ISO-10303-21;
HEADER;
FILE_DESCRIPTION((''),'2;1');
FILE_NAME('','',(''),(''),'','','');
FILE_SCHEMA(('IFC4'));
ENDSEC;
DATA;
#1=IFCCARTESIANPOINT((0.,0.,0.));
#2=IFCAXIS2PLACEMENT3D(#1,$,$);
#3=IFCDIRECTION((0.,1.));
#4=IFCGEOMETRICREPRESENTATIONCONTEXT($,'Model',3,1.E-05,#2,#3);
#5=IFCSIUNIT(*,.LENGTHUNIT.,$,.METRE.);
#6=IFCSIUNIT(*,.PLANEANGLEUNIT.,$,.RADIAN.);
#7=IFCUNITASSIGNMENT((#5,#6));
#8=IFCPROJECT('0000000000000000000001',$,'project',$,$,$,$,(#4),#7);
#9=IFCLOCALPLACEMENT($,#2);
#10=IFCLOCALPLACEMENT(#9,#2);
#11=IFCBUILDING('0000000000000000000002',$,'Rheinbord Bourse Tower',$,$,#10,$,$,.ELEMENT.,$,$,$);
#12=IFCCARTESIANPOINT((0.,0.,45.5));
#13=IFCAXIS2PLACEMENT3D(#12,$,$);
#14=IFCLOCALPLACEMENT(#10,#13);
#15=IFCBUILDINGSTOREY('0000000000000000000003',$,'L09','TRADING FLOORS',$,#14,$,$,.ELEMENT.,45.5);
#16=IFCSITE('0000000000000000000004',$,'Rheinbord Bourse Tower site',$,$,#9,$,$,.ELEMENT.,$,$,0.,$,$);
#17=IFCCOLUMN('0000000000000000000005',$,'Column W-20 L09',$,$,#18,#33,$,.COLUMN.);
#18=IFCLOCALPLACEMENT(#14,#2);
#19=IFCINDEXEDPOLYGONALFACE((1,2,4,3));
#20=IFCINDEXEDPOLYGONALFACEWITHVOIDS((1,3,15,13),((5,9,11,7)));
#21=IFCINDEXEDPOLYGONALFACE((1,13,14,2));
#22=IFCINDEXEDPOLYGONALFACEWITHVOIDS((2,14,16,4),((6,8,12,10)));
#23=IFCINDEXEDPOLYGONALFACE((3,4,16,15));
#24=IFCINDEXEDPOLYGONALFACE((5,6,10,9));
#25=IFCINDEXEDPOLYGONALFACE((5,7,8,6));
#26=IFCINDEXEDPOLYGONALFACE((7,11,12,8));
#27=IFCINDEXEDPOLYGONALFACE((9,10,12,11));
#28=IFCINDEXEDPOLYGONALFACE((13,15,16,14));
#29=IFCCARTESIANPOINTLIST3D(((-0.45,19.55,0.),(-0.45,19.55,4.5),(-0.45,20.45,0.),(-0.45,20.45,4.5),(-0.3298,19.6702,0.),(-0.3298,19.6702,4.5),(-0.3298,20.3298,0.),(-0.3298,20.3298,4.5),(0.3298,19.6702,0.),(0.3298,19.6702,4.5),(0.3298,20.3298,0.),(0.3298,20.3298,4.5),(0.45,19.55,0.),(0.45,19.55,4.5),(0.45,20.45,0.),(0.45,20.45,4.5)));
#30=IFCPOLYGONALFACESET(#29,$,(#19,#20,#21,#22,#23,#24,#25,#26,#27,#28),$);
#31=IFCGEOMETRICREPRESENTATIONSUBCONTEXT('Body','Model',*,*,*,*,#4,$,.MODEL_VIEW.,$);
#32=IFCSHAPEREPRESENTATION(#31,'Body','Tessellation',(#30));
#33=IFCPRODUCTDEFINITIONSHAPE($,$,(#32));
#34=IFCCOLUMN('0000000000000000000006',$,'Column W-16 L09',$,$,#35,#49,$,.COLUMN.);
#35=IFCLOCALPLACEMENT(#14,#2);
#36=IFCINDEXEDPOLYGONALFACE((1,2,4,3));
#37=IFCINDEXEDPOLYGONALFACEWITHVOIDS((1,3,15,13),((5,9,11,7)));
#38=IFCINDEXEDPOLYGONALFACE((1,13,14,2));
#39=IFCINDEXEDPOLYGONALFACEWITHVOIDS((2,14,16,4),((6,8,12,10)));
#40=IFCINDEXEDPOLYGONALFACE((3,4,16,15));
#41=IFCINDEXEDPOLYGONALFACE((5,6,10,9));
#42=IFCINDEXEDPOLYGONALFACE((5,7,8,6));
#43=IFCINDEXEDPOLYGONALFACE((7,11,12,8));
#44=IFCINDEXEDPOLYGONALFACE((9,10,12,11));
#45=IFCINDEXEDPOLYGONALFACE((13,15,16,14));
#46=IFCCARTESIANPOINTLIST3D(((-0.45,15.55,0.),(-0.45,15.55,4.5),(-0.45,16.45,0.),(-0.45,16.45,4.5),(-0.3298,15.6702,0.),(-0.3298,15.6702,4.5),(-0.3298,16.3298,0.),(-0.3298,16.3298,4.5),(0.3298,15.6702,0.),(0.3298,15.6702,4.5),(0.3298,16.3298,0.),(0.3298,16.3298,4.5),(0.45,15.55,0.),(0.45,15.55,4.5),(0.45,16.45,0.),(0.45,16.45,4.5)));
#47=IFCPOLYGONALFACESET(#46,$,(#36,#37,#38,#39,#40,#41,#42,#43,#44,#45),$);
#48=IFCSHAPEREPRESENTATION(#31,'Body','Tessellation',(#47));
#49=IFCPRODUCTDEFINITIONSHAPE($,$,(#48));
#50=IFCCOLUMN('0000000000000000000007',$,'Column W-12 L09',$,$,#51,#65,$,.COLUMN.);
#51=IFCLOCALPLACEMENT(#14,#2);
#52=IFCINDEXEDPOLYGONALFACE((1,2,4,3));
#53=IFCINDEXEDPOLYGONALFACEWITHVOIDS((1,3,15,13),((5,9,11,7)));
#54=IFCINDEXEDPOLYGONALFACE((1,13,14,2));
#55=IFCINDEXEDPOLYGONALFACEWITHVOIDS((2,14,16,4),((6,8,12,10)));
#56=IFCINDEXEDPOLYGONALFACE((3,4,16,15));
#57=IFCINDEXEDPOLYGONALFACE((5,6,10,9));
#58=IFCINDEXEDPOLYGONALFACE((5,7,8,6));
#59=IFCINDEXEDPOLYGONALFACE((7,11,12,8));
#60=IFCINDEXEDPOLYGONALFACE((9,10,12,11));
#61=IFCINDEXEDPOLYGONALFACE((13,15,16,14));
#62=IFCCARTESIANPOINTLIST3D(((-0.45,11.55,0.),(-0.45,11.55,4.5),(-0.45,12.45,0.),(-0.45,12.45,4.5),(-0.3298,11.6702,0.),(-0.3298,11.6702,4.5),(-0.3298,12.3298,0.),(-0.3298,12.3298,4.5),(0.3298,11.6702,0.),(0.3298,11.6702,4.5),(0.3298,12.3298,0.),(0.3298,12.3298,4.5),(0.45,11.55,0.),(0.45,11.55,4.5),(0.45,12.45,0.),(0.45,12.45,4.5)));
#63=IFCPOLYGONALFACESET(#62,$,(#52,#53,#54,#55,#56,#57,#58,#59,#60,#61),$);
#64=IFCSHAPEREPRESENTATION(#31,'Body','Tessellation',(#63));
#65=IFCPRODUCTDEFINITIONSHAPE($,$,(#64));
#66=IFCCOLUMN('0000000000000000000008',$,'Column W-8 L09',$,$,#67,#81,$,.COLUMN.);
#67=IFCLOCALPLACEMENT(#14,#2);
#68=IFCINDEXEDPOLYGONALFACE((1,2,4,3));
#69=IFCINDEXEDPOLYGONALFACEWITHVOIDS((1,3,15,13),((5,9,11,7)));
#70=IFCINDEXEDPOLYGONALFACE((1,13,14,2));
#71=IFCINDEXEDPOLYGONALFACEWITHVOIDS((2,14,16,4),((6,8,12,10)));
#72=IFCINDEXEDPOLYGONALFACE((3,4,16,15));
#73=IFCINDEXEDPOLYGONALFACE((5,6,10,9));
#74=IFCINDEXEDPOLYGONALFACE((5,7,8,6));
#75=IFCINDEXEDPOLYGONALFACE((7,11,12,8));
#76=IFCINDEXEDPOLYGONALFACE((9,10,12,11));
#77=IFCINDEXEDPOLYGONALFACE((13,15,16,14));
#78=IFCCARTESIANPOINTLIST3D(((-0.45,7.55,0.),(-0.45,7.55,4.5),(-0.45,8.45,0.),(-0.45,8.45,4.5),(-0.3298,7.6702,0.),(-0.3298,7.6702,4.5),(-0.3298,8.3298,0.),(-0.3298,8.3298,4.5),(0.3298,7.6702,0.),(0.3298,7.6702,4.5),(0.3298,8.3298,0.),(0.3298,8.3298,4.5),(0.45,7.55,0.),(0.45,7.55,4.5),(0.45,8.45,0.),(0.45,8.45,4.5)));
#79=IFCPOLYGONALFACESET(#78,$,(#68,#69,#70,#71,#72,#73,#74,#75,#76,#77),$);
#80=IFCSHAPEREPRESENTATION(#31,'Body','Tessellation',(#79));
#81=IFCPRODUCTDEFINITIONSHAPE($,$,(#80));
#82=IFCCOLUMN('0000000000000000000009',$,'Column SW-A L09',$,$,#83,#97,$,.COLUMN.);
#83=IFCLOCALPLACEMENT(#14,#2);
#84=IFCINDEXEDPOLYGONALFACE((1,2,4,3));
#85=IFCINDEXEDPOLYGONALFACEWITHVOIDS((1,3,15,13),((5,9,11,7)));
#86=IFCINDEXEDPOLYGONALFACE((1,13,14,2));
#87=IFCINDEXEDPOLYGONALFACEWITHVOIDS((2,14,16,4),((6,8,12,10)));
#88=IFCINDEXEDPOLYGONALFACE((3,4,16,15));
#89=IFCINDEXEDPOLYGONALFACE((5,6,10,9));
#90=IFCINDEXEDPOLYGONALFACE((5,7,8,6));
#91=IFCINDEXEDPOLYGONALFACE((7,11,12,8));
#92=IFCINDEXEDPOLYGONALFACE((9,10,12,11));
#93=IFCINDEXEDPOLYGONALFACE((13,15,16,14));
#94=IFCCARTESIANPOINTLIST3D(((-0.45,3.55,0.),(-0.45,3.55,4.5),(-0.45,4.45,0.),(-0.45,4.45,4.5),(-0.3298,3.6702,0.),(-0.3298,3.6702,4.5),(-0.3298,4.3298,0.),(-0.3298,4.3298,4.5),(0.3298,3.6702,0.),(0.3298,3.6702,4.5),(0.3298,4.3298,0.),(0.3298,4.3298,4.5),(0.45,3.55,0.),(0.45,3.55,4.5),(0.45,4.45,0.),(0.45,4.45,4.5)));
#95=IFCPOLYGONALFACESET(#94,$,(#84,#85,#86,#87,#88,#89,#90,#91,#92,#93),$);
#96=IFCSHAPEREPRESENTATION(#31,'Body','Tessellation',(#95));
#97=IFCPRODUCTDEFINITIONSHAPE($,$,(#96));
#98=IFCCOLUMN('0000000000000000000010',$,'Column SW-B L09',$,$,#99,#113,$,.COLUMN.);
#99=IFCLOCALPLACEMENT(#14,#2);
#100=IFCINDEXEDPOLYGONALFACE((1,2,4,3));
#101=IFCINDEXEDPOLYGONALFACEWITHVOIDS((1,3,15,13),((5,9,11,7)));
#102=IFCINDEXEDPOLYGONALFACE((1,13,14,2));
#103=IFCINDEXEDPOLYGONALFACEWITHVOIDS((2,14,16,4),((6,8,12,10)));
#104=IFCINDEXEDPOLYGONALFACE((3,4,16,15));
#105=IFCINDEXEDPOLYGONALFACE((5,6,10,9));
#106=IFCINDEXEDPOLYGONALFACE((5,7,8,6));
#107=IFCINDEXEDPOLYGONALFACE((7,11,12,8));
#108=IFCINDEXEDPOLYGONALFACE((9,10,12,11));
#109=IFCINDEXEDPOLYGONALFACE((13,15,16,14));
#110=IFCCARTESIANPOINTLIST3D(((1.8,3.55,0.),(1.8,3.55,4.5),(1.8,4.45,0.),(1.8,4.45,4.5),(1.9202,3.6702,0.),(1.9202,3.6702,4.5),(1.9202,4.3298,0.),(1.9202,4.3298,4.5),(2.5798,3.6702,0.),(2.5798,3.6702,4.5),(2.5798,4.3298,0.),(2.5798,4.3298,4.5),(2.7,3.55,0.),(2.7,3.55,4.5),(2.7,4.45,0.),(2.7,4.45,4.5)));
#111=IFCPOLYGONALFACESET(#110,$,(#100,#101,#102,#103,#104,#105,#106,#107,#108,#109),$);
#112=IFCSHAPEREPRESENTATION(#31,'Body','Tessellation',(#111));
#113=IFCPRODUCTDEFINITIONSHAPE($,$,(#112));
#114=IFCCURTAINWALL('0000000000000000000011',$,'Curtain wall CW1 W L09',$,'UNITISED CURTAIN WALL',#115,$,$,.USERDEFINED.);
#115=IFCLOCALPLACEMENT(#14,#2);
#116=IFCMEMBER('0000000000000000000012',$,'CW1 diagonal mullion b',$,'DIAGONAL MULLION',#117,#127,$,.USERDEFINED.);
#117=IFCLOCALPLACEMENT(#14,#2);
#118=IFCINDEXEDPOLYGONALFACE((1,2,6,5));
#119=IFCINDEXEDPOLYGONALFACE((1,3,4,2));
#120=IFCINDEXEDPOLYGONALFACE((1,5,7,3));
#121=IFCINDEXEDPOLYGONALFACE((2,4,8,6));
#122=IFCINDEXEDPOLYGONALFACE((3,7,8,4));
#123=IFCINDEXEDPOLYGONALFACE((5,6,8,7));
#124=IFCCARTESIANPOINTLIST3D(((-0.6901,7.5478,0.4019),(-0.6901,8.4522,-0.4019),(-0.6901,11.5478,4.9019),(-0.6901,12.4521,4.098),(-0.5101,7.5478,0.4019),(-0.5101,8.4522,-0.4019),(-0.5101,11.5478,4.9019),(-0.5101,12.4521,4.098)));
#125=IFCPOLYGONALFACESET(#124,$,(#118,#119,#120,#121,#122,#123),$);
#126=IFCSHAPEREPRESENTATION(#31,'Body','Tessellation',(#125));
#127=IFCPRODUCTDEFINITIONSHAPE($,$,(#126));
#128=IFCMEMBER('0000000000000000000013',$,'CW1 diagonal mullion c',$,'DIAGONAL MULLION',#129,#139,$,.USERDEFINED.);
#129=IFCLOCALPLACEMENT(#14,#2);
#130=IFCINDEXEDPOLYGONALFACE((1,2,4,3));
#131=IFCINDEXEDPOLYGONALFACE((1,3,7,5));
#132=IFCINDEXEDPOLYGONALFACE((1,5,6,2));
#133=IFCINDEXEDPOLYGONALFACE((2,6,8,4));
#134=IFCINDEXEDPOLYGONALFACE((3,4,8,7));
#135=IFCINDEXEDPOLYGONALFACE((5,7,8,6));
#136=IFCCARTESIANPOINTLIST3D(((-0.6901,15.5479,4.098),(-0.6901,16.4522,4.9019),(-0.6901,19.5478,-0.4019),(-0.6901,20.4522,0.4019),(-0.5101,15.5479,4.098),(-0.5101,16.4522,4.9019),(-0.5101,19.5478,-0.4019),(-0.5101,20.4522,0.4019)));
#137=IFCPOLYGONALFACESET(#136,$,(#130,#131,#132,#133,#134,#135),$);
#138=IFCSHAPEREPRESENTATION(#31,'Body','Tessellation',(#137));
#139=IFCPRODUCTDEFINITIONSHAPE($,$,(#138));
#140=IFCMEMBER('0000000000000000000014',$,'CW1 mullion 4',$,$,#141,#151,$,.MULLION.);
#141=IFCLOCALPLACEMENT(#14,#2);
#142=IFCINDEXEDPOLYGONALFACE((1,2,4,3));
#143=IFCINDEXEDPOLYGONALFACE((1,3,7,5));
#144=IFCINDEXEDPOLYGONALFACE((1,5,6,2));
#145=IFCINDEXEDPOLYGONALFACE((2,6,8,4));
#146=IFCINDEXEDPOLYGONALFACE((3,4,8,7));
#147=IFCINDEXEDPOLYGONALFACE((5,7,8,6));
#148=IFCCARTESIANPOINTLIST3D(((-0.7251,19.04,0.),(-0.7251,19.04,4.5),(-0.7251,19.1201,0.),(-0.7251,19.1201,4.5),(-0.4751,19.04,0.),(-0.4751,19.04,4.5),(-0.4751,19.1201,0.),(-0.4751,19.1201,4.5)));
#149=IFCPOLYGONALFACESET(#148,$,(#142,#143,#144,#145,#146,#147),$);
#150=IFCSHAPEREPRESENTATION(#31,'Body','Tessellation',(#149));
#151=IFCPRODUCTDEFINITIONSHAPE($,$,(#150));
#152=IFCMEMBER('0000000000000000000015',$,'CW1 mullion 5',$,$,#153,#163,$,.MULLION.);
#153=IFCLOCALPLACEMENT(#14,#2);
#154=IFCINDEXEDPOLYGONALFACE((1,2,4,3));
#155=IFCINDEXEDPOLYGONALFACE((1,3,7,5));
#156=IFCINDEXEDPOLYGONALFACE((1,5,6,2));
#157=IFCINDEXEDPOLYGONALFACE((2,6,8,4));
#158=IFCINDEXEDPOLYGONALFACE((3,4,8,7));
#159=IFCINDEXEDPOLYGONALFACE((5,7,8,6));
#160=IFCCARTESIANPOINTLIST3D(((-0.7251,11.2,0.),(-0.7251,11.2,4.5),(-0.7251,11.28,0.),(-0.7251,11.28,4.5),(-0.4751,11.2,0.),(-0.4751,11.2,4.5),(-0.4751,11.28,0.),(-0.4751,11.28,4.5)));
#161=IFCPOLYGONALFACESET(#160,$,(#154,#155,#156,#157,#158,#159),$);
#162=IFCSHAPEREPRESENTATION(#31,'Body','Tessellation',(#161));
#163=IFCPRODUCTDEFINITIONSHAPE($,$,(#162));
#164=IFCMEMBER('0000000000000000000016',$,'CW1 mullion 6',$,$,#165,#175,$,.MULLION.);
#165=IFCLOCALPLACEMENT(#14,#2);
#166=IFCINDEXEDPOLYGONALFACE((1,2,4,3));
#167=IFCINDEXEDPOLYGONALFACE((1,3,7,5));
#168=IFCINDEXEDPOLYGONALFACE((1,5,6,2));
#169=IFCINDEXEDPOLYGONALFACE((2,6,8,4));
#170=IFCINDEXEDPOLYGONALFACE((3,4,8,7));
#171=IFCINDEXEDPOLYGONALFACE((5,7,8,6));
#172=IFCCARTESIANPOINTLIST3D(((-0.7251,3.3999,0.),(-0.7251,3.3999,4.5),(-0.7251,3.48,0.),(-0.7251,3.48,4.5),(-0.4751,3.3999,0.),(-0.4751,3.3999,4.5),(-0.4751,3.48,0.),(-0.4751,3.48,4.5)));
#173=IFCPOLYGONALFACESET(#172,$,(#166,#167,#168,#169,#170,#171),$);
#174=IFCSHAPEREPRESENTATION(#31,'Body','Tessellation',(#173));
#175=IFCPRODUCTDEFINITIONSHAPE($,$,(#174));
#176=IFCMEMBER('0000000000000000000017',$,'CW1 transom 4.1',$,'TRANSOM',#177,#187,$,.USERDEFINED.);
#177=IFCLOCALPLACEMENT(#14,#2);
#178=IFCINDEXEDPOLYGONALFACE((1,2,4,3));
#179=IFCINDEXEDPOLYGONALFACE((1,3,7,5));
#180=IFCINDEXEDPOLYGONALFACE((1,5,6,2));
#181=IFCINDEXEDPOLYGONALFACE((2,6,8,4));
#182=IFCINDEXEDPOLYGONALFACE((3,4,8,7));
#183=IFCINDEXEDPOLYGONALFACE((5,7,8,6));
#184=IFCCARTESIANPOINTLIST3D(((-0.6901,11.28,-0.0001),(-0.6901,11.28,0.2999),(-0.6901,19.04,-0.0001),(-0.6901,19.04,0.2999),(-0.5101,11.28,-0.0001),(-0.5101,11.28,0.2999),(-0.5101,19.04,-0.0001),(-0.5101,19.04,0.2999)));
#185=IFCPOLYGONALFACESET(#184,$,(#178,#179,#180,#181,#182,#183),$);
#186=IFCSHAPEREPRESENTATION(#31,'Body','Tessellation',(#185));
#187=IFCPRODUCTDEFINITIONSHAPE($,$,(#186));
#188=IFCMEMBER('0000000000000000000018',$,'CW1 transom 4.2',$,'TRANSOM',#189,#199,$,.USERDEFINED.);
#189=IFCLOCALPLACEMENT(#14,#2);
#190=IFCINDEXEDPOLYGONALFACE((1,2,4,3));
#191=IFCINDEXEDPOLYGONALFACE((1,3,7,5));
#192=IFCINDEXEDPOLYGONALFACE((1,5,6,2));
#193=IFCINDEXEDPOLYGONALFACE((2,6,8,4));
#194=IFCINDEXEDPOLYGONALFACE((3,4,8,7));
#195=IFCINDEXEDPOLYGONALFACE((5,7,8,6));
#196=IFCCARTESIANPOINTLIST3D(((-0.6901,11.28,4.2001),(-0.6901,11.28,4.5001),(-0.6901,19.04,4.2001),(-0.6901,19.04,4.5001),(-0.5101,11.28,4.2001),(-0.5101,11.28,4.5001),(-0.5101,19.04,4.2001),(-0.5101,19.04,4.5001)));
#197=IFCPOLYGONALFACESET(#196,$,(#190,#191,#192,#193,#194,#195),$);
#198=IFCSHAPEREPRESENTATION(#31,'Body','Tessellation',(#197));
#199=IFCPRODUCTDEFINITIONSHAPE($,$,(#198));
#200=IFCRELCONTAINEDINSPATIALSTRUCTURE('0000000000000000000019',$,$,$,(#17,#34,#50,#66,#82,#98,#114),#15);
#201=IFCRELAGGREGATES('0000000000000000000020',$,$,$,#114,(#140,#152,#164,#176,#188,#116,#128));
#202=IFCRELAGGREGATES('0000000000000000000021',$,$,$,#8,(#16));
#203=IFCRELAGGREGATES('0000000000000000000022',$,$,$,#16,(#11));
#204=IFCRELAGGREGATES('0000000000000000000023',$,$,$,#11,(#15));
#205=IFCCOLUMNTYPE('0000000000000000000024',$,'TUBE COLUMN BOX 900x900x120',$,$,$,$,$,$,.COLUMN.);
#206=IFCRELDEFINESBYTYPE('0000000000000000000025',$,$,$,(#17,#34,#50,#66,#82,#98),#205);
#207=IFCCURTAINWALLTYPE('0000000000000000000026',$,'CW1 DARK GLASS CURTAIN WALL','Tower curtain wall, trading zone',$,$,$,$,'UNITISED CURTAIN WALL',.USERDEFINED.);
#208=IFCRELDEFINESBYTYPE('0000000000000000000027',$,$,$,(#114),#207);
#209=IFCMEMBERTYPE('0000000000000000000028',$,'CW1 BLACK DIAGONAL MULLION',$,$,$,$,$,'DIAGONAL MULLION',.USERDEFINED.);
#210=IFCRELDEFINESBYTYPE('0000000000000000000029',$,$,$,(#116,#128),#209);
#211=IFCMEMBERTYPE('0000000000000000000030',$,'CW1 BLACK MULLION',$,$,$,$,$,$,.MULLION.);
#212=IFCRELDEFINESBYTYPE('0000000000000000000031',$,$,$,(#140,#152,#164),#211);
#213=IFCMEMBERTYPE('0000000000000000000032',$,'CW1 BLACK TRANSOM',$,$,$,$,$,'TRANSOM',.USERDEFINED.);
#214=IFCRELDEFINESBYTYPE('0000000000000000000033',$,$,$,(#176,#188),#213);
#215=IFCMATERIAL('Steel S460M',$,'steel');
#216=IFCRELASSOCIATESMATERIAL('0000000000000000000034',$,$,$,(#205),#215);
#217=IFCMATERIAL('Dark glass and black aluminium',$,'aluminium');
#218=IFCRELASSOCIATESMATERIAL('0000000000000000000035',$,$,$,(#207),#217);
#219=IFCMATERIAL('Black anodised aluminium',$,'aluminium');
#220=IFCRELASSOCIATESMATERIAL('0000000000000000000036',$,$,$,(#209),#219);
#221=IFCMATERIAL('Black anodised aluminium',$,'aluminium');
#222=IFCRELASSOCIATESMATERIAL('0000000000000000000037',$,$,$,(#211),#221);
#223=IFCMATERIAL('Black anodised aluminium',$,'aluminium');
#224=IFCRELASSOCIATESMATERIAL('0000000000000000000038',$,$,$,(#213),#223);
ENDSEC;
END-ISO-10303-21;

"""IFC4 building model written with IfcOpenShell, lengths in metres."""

from ifc_helpers import new_model, si_unit, direction, frame, origin, origin_2d, place, context, subcontext, project, spatial, rectangle, hollow_rectangle, extrude, material, material_profile, profile_set, type_object, element, aggregate, save


model = new_model("IFC4")

# Units and contexts
model_context = context("Model", 3, precision=1e-05, world=origin(), true_north=direction((0.0, 1.0)))
body_context = subcontext(model_context, "Body", "Model", "MODEL_VIEW")
ifc_project = project(units=[si_unit("LENGTHUNIT", "METRE"), si_unit("PLANEANGLEUNIT", "RADIAN")], contexts=[model_context])

# Site, building, storey
site_placement = place(None, origin())
site = spatial("IfcSite", under=ifc_project, at=site_placement, Name="Rheinbord Bourse Tower site", CompositionType="ELEMENT", RefElevation=0.0)
building_placement = place(site_placement, origin())
building = spatial("IfcBuilding", under=site, at=building_placement, Name="Rheinbord Bourse Tower", CompositionType="ELEMENT")
storey_placement = place(building_placement, frame((0.0, 0.0, 45.5)))
storey = spatial("IfcBuildingStorey", under=building, at=storey_placement, Name="L09", Description="TRADING FLOORS", CompositionType="ELEMENT", Elevation=45.5)

# Columns
ifc_material_1 = material(Name="Steel S460M", Category="steel")
ifc_material_profile_1 = material_profile(ifc_material_1, hollow_rectangle(XDim=0.8999, YDim=0.8999, WallThickness=0.1201, at=origin_2d()), Name="BOX 900x900x120")
ifc_profile_set_1 = profile_set([ifc_material_profile_1], Name="Steel S460M")
column_type = type_object("IfcColumnType", Name="TUBE COLUMN BOX 900x900x120", PredefinedType="COLUMN", material=ifc_profile_set_1)
for number, where, z_axis, x_axis, name in (
    (1, (0.0, 20.0, 0.0), (0.0, 0.0, 1.0), (1.0, 0.0, 0.0), "Column W-20 L09"),
    (2, (0.0, 16.0, 0.0), (0.0, 0.0, 1.0), (1.0, 0.0, 0.0), "Column W-16 L09"),
    (3, (0.0, 12.0, 0.0), (0.0, 0.0, 1.0), (1.0, 0.0, 0.0), "Column W-12 L09"),
    (4, (0.0, 8.0, 0.0), (0.0, 0.0, 1.0), (1.0, 0.0, 0.0), "Column W-8 L09"),
    (5, (0.0, 4.0, 0.0), (0.0, 0.0, 1.0), (1.0, 0.0, 0.0), "Column SW-A L09"),
    (6, (2.25, 4.0, 0.0), (0.0, 0.0, 1.0), (1.0, 0.0, 0.0), "Column SW-B L09"),
):
    element("IfcColumn", number, at=place(storey_placement, frame(where, z_axis=z_axis, x_axis=x_axis)), inside=storey, type_object=column_type, Name=name, PredefinedType="COLUMN", context=body_context, shape_type="SweptSolid", body=[
        extrude(hollow_rectangle(XDim=0.8999, YDim=0.8999, WallThickness=0.1201, at=origin_2d()), origin(), (0.0, 0.0, 1.0), 4.5),
    ])

# Curtain wall, members
ifc_material_2 = material(Name="Dark glass and black aluminium", Category="aluminium")
curtain_wall_type = type_object("IfcCurtainWallType", Name="CW1 DARK GLASS CURTAIN WALL", Description="Tower curtain wall, trading zone", ElementType="UNITISED CURTAIN WALL", PredefinedType="USERDEFINED", material=ifc_material_2)
curtain_wall_placement = place(storey_placement, origin())
curtain_wall = element("IfcCurtainWall", 7, at=curtain_wall_placement, inside=storey, type_object=curtain_wall_type, Name="Curtain wall CW1 W L09", ObjectType="UNITISED CURTAIN WALL", PredefinedType="USERDEFINED")
ifc_material_3 = material(Name="Black anodised aluminium", Category="aluminium")
ifc_material_profile_2 = material_profile(ifc_material_3, rectangle(XDim=0.1799, YDim=1.21, at=origin_2d()), Name="CW1 DIAGONAL MULLION 1210x180")
ifc_profile_set_2 = profile_set([ifc_material_profile_2], Name="Black anodised aluminium")
member_type_1 = type_object("IfcMemberType", Name="CW1 BLACK DIAGONAL MULLION", ElementType="DIAGONAL MULLION", PredefinedType="USERDEFINED", material=ifc_profile_set_2)
member_1_placement = place(storey_placement, frame((-0.6001, 8.0, 0.0), z_axis=(0.0, 0.664364, 0.747409), x_axis=(-1.0, 0.0, 0.0)))
member_1 = element("IfcMember", 8, at=member_1_placement, type_object=member_type_1, Name="CW1 diagonal mullion b", ObjectType="DIAGONAL MULLION", PredefinedType="USERDEFINED", context=body_context, shape_type="SweptSolid", body=[
    extrude(rectangle(XDim=0.1799, YDim=1.21, at=origin_2d()), origin(), (0.0, 0.0, 1.0), 6.0208),
])
member_2_placement = place(storey_placement, frame((-0.6001, 20.0, 0.0), z_axis=(0.0, -0.664364, 0.747409), x_axis=(1.0, 0.0, 0.0)))
member_2 = element("IfcMember", 9, at=member_2_placement, type_object=member_type_1, Name="CW1 diagonal mullion c", ObjectType="DIAGONAL MULLION", PredefinedType="USERDEFINED", context=body_context, shape_type="SweptSolid", body=[
    extrude(rectangle(XDim=0.1799, YDim=1.21, at=origin_2d()), origin(), (0.0, 0.0, 1.0), 6.0208),
])
ifc_material_4 = material(Name="Black anodised aluminium", Category="aluminium")
ifc_material_profile_3 = material_profile(ifc_material_4, rectangle(XDim=0.25, YDim=0.0801, at=origin_2d()), Name="CW1 MULLION 80x250")
ifc_profile_set_3 = profile_set([ifc_material_profile_3], Name="Black anodised aluminium")
member_type_2 = type_object("IfcMemberType", Name="CW1 BLACK MULLION", PredefinedType="MULLION", material=ifc_profile_set_3)
member_3_placement = place(storey_placement, frame((-0.6001, 19.0801, 0.0), z_axis=(0.0, 0.0, 1.0), x_axis=(1.0, 0.0, 0.0)))
member_3 = element("IfcMember", 10, at=member_3_placement, type_object=member_type_2, Name="CW1 mullion 4", PredefinedType="MULLION", context=body_context, shape_type="SweptSolid", body=[
    extrude(rectangle(XDim=0.25, YDim=0.0801, at=origin_2d()), origin(), (0.0, 0.0, 1.0), 4.5),
])
member_4_placement = place(storey_placement, frame((-0.6001, 11.24, 0.0), z_axis=(0.0, 0.0, 1.0), x_axis=(1.0, 0.0, 0.0)))
member_4 = element("IfcMember", 11, at=member_4_placement, type_object=member_type_2, Name="CW1 mullion 5", PredefinedType="MULLION", context=body_context, shape_type="SweptSolid", body=[
    extrude(rectangle(XDim=0.25, YDim=0.0801, at=origin_2d()), origin(), (0.0, 0.0, 1.0), 4.5),
])
member_5_placement = place(storey_placement, frame((-0.6001, 3.4399, 0.0), z_axis=(0.0, 0.0, 1.0), x_axis=(1.0, 0.0, 0.0)))
member_5 = element("IfcMember", 12, at=member_5_placement, type_object=member_type_2, Name="CW1 mullion 6", PredefinedType="MULLION", context=body_context, shape_type="SweptSolid", body=[
    extrude(rectangle(XDim=0.25, YDim=0.0801, at=origin_2d()), origin(), (0.0, 0.0, 1.0), 4.5),
])
ifc_material_5 = material(Name="Black anodised aluminium", Category="aluminium")
ifc_material_profile_4 = material_profile(ifc_material_5, rectangle(XDim=0.1799, YDim=0.3, at=origin_2d()), Name="CW1 TRANSOM 300x180")
ifc_profile_set_4 = profile_set([ifc_material_profile_4], Name="Black anodised aluminium")
member_type_3 = type_object("IfcMemberType", Name="CW1 BLACK TRANSOM", ElementType="TRANSOM", PredefinedType="USERDEFINED", material=ifc_profile_set_4)
member_6_placement = place(storey_placement, frame((-0.6001, 19.04, 0.1499), z_axis=(0.0, -1.0, 0.0), x_axis=(1.0, 0.0, 0.0)))
member_6 = element("IfcMember", 13, at=member_6_placement, type_object=member_type_3, Name="CW1 transom 4.1", ObjectType="TRANSOM", PredefinedType="USERDEFINED", context=body_context, shape_type="SweptSolid", body=[
    extrude(rectangle(XDim=0.1799, YDim=0.3, at=origin_2d()), origin(), (0.0, 0.0, 1.0), 7.76),
])
member_7_placement = place(storey_placement, frame((-0.6001, 19.04, 4.3501), z_axis=(0.0, -1.0, 0.0), x_axis=(1.0, 0.0, 0.0)))
member_7 = element("IfcMember", 14, at=member_7_placement, type_object=member_type_3, Name="CW1 transom 4.2", ObjectType="TRANSOM", PredefinedType="USERDEFINED", context=body_context, shape_type="SweptSolid", body=[
    extrude(rectangle(XDim=0.1799, YDim=0.3, at=origin_2d()), origin(), (0.0, 0.0, 1.0), 7.76),
])

aggregate(curtain_wall, [member_3, member_4, member_5, member_6, member_7, member_1, member_2])

save(model, "model.ifc")
